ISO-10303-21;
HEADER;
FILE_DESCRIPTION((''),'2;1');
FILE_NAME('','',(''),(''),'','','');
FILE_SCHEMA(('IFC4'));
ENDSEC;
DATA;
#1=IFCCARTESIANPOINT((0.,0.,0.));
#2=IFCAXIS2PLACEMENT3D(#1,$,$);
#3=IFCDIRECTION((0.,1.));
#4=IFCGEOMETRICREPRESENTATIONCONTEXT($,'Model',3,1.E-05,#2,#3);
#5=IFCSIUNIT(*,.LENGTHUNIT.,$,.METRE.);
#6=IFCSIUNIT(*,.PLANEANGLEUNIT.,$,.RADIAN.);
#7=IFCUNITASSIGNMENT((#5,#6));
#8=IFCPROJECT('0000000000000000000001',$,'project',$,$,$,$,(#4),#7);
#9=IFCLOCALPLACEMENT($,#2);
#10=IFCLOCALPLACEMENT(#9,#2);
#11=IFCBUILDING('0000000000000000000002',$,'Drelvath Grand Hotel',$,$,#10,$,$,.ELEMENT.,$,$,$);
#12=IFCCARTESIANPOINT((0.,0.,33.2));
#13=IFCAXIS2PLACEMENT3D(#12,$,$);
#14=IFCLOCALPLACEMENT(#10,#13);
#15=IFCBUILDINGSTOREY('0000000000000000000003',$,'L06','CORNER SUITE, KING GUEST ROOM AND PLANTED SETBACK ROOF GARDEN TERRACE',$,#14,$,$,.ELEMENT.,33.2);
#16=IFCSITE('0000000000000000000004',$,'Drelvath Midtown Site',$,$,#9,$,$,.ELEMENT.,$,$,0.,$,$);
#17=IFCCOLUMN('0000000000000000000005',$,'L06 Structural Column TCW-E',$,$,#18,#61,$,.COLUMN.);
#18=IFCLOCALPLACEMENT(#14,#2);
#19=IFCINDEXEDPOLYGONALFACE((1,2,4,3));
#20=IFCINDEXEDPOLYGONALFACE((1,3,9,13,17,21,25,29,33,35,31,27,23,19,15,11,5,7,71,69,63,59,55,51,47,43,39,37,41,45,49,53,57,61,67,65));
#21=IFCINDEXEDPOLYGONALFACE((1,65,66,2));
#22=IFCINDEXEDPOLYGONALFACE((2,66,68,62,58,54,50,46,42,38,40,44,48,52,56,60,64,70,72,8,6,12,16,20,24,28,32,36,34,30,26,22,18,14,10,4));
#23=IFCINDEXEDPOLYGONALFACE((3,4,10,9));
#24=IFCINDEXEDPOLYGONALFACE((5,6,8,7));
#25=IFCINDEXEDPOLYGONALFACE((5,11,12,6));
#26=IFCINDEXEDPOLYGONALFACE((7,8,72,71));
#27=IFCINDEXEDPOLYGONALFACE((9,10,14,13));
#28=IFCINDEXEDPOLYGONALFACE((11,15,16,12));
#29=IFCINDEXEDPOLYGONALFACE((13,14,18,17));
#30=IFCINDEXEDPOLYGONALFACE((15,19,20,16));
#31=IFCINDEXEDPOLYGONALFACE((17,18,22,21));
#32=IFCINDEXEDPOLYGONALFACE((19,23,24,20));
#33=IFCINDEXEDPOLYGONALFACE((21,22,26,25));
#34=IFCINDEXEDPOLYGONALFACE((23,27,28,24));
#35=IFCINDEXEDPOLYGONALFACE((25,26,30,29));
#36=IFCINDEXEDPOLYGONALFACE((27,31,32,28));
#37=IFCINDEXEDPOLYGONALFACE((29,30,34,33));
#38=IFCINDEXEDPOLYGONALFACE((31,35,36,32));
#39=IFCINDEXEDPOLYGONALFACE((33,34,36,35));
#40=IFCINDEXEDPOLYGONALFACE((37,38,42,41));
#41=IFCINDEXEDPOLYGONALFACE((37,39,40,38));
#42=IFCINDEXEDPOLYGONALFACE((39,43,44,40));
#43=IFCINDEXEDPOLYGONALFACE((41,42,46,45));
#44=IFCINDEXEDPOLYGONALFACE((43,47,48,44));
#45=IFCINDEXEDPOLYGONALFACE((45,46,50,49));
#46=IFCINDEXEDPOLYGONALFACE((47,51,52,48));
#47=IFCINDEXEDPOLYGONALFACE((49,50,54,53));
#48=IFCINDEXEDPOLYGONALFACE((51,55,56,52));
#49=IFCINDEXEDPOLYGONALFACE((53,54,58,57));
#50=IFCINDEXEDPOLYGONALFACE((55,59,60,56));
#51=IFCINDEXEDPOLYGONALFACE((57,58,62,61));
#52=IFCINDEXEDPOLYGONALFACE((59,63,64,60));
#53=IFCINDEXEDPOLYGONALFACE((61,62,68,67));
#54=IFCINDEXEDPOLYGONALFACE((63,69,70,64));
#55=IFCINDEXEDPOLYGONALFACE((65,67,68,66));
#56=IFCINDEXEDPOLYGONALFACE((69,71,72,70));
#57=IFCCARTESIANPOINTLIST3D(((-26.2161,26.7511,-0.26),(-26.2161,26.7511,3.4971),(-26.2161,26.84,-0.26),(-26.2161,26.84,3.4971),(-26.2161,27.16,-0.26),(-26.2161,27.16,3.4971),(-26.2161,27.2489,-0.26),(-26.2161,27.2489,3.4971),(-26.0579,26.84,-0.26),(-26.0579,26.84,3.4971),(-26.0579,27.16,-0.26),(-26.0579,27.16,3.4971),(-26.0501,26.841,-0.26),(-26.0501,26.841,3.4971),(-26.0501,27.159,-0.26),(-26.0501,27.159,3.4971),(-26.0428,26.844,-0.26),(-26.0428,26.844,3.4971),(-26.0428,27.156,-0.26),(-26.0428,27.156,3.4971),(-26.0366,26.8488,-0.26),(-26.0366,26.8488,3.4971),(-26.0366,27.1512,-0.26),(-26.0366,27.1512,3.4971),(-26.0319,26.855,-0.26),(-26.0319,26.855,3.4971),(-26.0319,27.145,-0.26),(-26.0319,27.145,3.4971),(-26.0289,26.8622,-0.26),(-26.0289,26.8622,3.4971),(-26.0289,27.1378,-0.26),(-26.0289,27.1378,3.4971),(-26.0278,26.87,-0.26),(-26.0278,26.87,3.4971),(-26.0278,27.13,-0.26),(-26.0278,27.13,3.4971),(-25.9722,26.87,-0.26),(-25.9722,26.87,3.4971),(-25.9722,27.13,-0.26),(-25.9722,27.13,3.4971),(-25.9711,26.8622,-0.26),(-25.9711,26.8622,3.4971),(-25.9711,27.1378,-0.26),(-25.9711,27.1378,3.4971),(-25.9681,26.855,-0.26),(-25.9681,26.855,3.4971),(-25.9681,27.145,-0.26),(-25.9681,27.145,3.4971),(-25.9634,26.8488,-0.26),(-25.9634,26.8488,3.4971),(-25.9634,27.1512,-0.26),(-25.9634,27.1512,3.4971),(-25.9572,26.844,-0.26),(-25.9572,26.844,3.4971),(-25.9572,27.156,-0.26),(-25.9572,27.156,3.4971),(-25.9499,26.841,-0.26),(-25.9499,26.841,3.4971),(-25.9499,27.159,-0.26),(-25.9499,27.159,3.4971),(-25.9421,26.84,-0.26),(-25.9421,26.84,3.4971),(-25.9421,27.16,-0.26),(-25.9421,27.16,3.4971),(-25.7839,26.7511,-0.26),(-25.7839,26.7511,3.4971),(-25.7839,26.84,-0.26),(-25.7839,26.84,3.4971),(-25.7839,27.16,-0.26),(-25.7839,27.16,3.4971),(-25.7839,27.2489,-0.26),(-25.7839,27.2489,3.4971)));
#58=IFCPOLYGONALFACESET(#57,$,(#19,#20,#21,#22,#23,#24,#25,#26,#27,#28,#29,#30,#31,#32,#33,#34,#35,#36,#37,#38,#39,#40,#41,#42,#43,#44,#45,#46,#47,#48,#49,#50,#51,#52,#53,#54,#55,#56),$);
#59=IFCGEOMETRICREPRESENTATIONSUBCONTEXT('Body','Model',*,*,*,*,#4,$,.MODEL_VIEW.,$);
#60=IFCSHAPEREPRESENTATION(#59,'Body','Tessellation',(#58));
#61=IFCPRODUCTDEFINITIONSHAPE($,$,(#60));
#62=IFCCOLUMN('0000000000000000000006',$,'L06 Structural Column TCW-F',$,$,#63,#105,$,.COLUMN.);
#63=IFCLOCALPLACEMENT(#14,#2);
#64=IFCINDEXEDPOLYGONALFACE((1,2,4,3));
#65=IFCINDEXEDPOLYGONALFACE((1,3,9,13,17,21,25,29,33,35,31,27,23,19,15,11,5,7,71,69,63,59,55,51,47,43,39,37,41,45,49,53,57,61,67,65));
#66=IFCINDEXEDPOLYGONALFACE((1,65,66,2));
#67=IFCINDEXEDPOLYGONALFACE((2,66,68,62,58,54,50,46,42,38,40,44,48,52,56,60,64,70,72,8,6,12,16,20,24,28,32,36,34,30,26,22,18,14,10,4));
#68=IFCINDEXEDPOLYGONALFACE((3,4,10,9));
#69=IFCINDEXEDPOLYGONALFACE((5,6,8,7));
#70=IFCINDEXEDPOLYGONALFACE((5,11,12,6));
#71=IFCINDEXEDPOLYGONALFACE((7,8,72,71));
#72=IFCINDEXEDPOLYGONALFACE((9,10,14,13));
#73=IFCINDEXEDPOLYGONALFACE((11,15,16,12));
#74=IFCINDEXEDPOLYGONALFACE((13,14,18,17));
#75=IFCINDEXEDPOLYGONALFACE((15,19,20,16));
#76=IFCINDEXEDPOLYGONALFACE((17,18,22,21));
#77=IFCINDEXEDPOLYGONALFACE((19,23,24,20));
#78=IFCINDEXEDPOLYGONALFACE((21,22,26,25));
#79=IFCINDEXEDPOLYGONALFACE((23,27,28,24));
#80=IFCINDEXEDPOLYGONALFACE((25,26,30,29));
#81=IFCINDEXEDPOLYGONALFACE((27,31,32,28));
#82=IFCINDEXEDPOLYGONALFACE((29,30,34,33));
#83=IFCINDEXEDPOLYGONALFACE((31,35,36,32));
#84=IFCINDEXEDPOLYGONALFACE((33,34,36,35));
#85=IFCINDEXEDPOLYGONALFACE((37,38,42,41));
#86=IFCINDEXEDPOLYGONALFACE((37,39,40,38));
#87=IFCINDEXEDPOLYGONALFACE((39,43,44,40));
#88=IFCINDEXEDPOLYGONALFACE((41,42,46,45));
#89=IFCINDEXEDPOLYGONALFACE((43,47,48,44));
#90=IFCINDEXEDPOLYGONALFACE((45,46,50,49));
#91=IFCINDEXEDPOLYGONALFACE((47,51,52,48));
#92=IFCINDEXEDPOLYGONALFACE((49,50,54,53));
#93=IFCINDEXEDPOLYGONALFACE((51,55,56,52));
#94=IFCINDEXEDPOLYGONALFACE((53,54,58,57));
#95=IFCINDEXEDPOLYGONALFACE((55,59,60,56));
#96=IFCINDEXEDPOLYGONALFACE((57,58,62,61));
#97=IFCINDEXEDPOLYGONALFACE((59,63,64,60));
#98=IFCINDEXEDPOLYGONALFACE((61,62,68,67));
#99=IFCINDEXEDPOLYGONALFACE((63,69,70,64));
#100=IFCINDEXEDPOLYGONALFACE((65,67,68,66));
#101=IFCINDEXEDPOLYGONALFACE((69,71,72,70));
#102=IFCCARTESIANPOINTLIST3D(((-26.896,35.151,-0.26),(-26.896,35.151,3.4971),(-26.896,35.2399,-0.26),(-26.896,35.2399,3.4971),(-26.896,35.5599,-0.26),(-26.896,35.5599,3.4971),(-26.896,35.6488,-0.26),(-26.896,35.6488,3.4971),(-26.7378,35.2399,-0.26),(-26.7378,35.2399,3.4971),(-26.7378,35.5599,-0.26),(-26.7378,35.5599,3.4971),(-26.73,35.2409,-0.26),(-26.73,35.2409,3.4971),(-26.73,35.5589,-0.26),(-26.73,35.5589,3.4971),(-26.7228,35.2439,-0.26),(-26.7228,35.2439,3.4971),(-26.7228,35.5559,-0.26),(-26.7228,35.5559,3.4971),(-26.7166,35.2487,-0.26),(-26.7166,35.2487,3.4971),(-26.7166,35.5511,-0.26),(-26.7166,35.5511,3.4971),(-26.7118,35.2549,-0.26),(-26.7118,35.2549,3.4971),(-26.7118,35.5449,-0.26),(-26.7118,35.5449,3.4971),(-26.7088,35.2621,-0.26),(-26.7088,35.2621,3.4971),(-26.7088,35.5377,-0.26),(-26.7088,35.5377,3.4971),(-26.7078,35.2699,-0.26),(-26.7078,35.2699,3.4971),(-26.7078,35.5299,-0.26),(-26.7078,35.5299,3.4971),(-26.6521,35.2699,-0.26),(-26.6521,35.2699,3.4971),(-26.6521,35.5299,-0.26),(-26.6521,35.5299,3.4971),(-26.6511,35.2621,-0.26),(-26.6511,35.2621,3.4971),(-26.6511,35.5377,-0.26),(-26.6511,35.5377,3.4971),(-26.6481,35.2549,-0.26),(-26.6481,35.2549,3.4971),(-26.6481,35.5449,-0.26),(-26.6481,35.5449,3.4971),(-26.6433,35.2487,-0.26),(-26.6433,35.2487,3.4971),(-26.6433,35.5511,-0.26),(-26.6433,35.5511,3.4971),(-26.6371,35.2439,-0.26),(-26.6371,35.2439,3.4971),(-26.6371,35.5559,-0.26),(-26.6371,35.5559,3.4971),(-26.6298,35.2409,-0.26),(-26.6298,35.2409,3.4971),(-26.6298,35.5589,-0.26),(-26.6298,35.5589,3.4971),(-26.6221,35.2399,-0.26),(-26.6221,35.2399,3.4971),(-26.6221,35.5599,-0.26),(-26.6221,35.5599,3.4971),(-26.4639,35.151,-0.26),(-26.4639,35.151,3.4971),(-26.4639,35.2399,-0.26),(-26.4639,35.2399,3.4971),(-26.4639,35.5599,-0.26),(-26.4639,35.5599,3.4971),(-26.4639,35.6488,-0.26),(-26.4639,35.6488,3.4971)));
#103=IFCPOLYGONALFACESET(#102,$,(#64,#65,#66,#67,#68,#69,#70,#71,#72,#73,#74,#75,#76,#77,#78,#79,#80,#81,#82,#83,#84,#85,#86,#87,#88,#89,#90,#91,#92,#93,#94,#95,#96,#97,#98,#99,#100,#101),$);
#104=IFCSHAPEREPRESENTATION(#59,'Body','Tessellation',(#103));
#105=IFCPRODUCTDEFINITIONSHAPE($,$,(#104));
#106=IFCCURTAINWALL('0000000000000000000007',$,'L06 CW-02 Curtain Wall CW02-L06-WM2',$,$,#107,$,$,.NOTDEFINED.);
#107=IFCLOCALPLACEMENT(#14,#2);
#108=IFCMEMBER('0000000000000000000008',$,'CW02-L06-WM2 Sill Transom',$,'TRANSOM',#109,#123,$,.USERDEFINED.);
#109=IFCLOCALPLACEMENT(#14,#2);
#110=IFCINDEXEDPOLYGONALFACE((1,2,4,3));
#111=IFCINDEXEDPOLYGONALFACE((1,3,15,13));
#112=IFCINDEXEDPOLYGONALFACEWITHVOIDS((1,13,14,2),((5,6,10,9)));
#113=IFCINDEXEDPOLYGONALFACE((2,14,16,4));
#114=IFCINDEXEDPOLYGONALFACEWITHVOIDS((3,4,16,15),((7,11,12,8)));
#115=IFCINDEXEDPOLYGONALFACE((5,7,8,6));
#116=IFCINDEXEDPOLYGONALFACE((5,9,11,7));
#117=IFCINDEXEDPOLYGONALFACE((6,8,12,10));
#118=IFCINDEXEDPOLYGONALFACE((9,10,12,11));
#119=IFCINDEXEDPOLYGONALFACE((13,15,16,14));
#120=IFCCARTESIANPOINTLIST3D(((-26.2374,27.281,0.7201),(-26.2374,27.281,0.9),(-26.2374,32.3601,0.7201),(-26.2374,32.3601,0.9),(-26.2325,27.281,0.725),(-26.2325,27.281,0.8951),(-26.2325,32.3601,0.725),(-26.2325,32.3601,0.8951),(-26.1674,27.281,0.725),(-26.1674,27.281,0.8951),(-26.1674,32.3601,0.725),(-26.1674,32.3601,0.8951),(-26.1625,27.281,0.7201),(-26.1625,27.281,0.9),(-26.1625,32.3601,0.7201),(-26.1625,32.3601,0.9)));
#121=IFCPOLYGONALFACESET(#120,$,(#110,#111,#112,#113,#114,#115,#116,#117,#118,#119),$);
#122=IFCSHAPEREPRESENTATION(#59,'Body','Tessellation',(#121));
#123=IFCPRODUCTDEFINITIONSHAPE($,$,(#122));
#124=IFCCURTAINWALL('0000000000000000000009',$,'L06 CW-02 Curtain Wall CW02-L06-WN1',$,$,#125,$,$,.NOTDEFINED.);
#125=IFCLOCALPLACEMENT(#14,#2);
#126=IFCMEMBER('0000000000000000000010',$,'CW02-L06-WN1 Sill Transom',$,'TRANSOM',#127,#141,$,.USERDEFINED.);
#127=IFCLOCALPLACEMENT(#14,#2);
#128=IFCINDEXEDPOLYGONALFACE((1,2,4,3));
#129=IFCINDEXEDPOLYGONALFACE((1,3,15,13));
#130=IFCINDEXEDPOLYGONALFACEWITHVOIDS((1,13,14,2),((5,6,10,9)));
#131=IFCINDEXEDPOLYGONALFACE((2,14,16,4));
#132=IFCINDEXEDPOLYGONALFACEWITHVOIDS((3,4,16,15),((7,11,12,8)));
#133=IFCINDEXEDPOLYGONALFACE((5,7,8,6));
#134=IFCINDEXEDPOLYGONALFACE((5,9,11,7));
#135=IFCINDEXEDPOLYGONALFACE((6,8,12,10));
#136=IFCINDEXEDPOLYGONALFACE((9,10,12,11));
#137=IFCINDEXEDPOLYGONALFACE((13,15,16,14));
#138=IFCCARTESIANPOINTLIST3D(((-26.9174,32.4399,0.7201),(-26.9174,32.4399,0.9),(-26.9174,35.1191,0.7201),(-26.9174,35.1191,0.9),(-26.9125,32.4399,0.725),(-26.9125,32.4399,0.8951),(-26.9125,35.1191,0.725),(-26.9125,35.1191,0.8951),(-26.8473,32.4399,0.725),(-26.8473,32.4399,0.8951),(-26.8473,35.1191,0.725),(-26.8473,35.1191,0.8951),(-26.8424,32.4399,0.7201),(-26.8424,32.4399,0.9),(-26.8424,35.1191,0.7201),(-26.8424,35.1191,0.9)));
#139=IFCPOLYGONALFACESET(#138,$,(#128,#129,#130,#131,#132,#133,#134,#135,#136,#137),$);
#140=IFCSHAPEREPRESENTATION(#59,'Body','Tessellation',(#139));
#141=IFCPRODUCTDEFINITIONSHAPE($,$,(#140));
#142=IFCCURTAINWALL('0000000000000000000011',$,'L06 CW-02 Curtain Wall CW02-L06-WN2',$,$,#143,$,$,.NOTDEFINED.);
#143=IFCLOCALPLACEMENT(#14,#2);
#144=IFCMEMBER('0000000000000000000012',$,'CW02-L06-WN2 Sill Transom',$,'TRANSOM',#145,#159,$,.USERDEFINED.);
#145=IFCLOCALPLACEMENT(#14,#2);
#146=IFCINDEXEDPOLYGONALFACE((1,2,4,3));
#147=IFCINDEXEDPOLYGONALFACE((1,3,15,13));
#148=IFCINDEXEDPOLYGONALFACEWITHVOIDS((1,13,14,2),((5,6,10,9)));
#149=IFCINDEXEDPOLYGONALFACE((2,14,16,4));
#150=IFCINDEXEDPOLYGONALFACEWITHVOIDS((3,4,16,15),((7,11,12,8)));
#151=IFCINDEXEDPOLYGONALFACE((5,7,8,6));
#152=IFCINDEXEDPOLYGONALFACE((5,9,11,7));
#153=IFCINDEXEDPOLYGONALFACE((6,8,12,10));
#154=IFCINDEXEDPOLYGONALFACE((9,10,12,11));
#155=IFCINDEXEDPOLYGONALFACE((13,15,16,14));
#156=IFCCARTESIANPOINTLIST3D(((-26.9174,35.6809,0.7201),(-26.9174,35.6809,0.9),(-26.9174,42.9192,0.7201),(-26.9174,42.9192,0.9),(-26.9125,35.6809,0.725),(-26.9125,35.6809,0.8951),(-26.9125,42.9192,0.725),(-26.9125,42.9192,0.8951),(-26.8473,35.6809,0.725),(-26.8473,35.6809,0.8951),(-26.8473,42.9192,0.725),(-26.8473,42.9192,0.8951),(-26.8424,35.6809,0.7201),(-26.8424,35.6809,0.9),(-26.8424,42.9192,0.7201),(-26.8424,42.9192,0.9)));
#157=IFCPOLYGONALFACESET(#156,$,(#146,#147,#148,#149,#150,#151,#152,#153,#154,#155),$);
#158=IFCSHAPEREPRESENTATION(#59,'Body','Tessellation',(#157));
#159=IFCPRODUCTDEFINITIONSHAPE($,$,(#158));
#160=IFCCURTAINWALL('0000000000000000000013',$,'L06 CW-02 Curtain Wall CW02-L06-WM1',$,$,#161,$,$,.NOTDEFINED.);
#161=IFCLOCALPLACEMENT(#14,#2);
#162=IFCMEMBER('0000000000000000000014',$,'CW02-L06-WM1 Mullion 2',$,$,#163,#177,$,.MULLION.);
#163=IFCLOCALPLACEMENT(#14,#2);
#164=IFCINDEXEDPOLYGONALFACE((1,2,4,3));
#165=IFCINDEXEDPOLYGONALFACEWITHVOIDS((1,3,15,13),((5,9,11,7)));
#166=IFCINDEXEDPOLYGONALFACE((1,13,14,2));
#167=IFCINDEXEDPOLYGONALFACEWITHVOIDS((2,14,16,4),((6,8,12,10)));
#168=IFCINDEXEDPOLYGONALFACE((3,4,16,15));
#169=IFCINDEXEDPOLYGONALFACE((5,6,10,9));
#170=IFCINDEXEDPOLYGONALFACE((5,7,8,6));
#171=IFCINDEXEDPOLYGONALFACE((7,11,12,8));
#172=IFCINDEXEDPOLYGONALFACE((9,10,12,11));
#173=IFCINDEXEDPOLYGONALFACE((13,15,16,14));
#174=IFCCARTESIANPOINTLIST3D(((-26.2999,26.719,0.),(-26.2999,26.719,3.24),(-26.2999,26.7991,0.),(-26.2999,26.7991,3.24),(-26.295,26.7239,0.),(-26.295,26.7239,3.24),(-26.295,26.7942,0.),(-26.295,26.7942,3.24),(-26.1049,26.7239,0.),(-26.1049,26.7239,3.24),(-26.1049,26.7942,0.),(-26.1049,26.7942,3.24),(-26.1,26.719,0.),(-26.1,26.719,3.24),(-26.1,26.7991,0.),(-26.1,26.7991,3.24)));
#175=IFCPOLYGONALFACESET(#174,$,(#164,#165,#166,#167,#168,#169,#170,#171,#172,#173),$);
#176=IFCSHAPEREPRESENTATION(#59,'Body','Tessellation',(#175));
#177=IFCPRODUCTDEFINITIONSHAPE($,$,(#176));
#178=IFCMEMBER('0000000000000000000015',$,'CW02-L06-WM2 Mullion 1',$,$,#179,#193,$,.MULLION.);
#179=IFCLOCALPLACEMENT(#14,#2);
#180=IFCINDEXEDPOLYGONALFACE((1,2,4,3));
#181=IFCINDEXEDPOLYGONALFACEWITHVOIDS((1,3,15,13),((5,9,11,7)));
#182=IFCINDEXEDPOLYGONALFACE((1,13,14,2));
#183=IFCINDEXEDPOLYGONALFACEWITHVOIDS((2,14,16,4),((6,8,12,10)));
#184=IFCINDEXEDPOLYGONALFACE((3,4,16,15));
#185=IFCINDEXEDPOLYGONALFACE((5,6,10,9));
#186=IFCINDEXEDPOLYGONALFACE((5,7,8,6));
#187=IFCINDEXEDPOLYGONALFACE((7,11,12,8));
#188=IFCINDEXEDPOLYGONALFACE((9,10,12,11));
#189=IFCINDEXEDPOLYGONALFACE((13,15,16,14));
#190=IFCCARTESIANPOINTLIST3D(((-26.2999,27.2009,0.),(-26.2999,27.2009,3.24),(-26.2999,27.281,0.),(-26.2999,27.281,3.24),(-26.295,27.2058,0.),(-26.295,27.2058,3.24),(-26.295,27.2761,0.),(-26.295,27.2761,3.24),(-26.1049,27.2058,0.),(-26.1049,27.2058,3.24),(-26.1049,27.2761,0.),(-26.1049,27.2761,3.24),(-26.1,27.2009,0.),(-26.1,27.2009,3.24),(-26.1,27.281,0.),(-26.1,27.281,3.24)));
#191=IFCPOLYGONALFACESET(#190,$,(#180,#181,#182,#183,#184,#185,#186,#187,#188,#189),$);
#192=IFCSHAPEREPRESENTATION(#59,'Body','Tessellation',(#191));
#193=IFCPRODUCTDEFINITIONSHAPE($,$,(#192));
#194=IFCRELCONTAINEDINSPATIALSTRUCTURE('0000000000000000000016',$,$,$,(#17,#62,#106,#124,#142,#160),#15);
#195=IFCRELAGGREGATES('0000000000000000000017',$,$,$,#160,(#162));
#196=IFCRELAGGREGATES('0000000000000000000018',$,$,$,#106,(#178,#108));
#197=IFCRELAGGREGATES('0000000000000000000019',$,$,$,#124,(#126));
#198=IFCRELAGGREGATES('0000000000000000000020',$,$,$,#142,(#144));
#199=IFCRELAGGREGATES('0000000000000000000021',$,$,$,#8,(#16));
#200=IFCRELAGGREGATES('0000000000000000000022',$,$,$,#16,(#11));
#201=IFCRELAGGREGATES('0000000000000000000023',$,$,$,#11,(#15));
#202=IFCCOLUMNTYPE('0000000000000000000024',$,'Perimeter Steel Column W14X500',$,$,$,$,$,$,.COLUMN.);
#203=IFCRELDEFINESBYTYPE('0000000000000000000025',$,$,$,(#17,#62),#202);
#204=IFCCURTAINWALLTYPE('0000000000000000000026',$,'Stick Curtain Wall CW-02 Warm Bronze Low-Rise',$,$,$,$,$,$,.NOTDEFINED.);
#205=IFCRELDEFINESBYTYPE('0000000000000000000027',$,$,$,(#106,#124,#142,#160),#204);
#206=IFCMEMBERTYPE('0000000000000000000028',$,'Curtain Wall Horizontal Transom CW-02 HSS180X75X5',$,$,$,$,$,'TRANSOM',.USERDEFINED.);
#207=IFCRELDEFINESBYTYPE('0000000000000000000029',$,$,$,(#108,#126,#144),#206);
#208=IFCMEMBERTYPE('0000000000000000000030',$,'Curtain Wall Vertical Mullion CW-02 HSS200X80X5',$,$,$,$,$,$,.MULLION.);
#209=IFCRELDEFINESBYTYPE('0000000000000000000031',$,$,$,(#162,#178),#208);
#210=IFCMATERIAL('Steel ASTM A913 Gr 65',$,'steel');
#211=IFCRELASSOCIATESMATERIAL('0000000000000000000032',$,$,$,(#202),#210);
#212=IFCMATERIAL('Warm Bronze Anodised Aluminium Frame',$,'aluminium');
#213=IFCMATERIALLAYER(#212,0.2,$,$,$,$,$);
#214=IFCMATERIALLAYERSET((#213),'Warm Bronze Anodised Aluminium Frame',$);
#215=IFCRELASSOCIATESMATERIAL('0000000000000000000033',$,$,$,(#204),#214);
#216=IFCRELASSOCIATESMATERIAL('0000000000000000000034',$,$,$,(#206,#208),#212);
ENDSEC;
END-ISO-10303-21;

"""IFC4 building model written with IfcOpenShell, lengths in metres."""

from ifc_helpers import new_model, si_unit, direction, frame, origin, origin_2d, place, context, subcontext, project, spatial, hollow_rectangle, i_section, extrude, material, layer, layer_set, material_profile, profile_set, type_object, element, aggregate, save


model = new_model("IFC4")

# Units and contexts
model_context = context("Model", 3, precision=1e-05, world=origin(), true_north=direction((0.0, 1.0)))
body_context = subcontext(model_context, "Body", "Model", "MODEL_VIEW")
ifc_project = project(units=[si_unit("LENGTHUNIT", "METRE"), si_unit("PLANEANGLEUNIT", "RADIAN")], contexts=[model_context])

# Site, building, storey
site_placement = place(None, origin())
site = spatial("IfcSite", under=ifc_project, at=site_placement, Name="Drelvath Midtown Site", CompositionType="ELEMENT", RefElevation=0.0)
building_placement = place(site_placement, origin())
building = spatial("IfcBuilding", under=site, at=building_placement, Name="Drelvath Grand Hotel", CompositionType="ELEMENT")
storey_placement = place(building_placement, frame((0.0, 0.0, 33.2)))
storey = spatial("IfcBuildingStorey", under=building, at=storey_placement, Name="L06", Description="CORNER SUITE, KING GUEST ROOM AND PLANTED SETBACK ROOF GARDEN TERRACE", CompositionType="ELEMENT", Elevation=33.2)

# Columns
ifc_material_1 = material(Name="Steel ASTM A913 Gr 65", Category="steel")
ifc_material_profile_1 = material_profile(ifc_material_1, i_section(OverallWidth=0.4321, OverallDepth=0.4978, WebThickness=0.0557, FlangeThickness=0.0889, FilletRadius=0.03, at=origin_2d()), Name="W14X500")
ifc_profile_set_1 = profile_set([ifc_material_profile_1], Name="Steel ASTM A913 Gr 65")
column_type = type_object("IfcColumnType", Name="Perimeter Steel Column W14X500", PredefinedType="COLUMN", material=ifc_profile_set_1)
for number, where, z_axis, x_axis, name in (
    (1, (-26.0, 27.0, -0.26), (0.0, 0.0, 1.0), (1.0, 0.0, 0.0), "L06 Structural Column TCW-E"),
    (2, (-26.6799, 35.3999, -0.26), (0.0, 0.0, 1.0), (1.0, 0.0, 0.0), "L06 Structural Column TCW-F"),
):
    element("IfcColumn", number, at=place(storey_placement, frame(where, z_axis=z_axis, x_axis=x_axis)), inside=storey, type_object=column_type, Name=name, PredefinedType="COLUMN", context=body_context, shape_type="SweptSolid", body=[
        extrude(i_section(OverallWidth=0.4321, OverallDepth=0.4978, WebThickness=0.0557, FlangeThickness=0.0889, FilletRadius=0.03, at=origin_2d()), origin(), (0.0, 0.0, 1.0), 3.7571),
    ])

# Curtain walls, members
ifc_material_2 = material(Name="Warm Bronze Anodised Aluminium Frame", Category="aluminium")
ifc_layer_1 = layer(ifc_material_2, 0.2)
ifc_layer_set_1 = layer_set([ifc_layer_1], Name="Warm Bronze Anodised Aluminium Frame")
curtain_wall_type = type_object("IfcCurtainWallType", Name="Stick Curtain Wall CW-02 Warm Bronze Low-Rise", PredefinedType="NOTDEFINED", material=ifc_layer_set_1)
curtain_wall_1_placement = place(storey_placement, origin())
curtain_wall_1 = element("IfcCurtainWall", 3, at=curtain_wall_1_placement, inside=storey, type_object=curtain_wall_type, Name="L06 CW-02 Curtain Wall CW02-L06-WM2", PredefinedType="NOTDEFINED")
ifc_material_profile_2 = material_profile(ifc_material_2, hollow_rectangle(XDim=0.075, YDim=0.1799, WallThickness=0.0049, at=origin_2d()), Name="HSS180X75X5")
ifc_profile_set_2 = profile_set([ifc_material_profile_2], Name="Warm Bronze Anodised Aluminium Frame")
member_type_1 = type_object("IfcMemberType", Name="Curtain Wall Horizontal Transom CW-02 HSS180X75X5", ElementType="TRANSOM", PredefinedType="USERDEFINED", material=ifc_profile_set_2)
member_1_placement = place(storey_placement, frame((-26.2, 27.281, 0.8101), z_axis=(0.0, 1.0, 0.0), x_axis=(-1.0, 0.0, 0.0)))
member_1 = element("IfcMember", 4, at=member_1_placement, type_object=member_type_1, Name="CW02-L06-WM2 Sill Transom", ObjectType="TRANSOM", PredefinedType="USERDEFINED", context=body_context, shape_type="SweptSolid", body=[
    extrude(hollow_rectangle(XDim=0.075, YDim=0.1799, WallThickness=0.0049, at=origin_2d()), origin(), (0.0, 0.0, 1.0), 5.0791),
])
curtain_wall_2_placement = place(storey_placement, origin())
curtain_wall_2 = element("IfcCurtainWall", 5, at=curtain_wall_2_placement, inside=storey, type_object=curtain_wall_type, Name="L06 CW-02 Curtain Wall CW02-L06-WN1", PredefinedType="NOTDEFINED")
member_2_placement = place(storey_placement, frame((-26.8799, 32.4399, 0.8101), z_axis=(0.0, 1.0, 0.0), x_axis=(-1.0, 0.0, 0.0)))
member_2 = element("IfcMember", 6, at=member_2_placement, type_object=member_type_1, Name="CW02-L06-WN1 Sill Transom", ObjectType="TRANSOM", PredefinedType="USERDEFINED", context=body_context, shape_type="SweptSolid", body=[
    extrude(hollow_rectangle(XDim=0.075, YDim=0.1799, WallThickness=0.0049, at=origin_2d()), origin(), (0.0, 0.0, 1.0), 2.6792),
])
curtain_wall_3_placement = place(storey_placement, origin())
curtain_wall_3 = element("IfcCurtainWall", 7, at=curtain_wall_3_placement, inside=storey, type_object=curtain_wall_type, Name="L06 CW-02 Curtain Wall CW02-L06-WN2", PredefinedType="NOTDEFINED")
member_3_placement = place(storey_placement, frame((-26.8799, 35.6809, 0.8101), z_axis=(0.0, 1.0, 0.0), x_axis=(-1.0, 0.0, 0.0)))
member_3 = element("IfcMember", 8, at=member_3_placement, type_object=member_type_1, Name="CW02-L06-WN2 Sill Transom", ObjectType="TRANSOM", PredefinedType="USERDEFINED", context=body_context, shape_type="SweptSolid", body=[
    extrude(hollow_rectangle(XDim=0.075, YDim=0.1799, WallThickness=0.0049, at=origin_2d()), origin(), (0.0, 0.0, 1.0), 7.2383),
])
curtain_wall_4_placement = place(storey_placement, origin())
curtain_wall_4 = element("IfcCurtainWall", 9, at=curtain_wall_4_placement, inside=storey, type_object=curtain_wall_type, Name="L06 CW-02 Curtain Wall CW02-L06-WM1", PredefinedType="NOTDEFINED")
ifc_material_profile_3 = material_profile(ifc_material_2, hollow_rectangle(XDim=0.0801, YDim=0.2, WallThickness=0.0049, at=origin_2d()), Name="HSS200X80X5")
ifc_profile_set_3 = profile_set([ifc_material_profile_3], Name="Warm Bronze Anodised Aluminium Frame")
member_type_2 = type_object("IfcMemberType", Name="Curtain Wall Vertical Mullion CW-02 HSS200X80X5", PredefinedType="MULLION", material=ifc_profile_set_3)
member_4_placement = place(storey_placement, frame((-26.2, 26.759, 0.0), z_axis=(0.0, 0.0, 1.0), x_axis=(0.0, 1.0, 0.0)))
member_4 = element("IfcMember", 10, at=member_4_placement, type_object=member_type_2, Name="CW02-L06-WM1 Mullion 2", PredefinedType="MULLION", context=body_context, shape_type="SweptSolid", body=[
    extrude(hollow_rectangle(XDim=0.0801, YDim=0.2, WallThickness=0.0049, at=origin_2d()), origin(), (0.0, 0.0, 1.0), 3.24),
])
aggregate(curtain_wall_4, [member_4])

# Member
member_5_placement = place(storey_placement, frame((-26.2, 27.241, 0.0), z_axis=(0.0, 0.0, 1.0), x_axis=(0.0, 1.0, 0.0)))
member_5 = element("IfcMember", 11, at=member_5_placement, type_object=member_type_2, Name="CW02-L06-WM2 Mullion 1", PredefinedType="MULLION", context=body_context, shape_type="SweptSolid", body=[
    extrude(hollow_rectangle(XDim=0.0801, YDim=0.2, WallThickness=0.0049, at=origin_2d()), origin(), (0.0, 0.0, 1.0), 3.24),
])

aggregate(curtain_wall_1, [member_5, member_1])
aggregate(curtain_wall_2, [member_2])
aggregate(curtain_wall_3, [member_3])

save(model, "model.ifc")
